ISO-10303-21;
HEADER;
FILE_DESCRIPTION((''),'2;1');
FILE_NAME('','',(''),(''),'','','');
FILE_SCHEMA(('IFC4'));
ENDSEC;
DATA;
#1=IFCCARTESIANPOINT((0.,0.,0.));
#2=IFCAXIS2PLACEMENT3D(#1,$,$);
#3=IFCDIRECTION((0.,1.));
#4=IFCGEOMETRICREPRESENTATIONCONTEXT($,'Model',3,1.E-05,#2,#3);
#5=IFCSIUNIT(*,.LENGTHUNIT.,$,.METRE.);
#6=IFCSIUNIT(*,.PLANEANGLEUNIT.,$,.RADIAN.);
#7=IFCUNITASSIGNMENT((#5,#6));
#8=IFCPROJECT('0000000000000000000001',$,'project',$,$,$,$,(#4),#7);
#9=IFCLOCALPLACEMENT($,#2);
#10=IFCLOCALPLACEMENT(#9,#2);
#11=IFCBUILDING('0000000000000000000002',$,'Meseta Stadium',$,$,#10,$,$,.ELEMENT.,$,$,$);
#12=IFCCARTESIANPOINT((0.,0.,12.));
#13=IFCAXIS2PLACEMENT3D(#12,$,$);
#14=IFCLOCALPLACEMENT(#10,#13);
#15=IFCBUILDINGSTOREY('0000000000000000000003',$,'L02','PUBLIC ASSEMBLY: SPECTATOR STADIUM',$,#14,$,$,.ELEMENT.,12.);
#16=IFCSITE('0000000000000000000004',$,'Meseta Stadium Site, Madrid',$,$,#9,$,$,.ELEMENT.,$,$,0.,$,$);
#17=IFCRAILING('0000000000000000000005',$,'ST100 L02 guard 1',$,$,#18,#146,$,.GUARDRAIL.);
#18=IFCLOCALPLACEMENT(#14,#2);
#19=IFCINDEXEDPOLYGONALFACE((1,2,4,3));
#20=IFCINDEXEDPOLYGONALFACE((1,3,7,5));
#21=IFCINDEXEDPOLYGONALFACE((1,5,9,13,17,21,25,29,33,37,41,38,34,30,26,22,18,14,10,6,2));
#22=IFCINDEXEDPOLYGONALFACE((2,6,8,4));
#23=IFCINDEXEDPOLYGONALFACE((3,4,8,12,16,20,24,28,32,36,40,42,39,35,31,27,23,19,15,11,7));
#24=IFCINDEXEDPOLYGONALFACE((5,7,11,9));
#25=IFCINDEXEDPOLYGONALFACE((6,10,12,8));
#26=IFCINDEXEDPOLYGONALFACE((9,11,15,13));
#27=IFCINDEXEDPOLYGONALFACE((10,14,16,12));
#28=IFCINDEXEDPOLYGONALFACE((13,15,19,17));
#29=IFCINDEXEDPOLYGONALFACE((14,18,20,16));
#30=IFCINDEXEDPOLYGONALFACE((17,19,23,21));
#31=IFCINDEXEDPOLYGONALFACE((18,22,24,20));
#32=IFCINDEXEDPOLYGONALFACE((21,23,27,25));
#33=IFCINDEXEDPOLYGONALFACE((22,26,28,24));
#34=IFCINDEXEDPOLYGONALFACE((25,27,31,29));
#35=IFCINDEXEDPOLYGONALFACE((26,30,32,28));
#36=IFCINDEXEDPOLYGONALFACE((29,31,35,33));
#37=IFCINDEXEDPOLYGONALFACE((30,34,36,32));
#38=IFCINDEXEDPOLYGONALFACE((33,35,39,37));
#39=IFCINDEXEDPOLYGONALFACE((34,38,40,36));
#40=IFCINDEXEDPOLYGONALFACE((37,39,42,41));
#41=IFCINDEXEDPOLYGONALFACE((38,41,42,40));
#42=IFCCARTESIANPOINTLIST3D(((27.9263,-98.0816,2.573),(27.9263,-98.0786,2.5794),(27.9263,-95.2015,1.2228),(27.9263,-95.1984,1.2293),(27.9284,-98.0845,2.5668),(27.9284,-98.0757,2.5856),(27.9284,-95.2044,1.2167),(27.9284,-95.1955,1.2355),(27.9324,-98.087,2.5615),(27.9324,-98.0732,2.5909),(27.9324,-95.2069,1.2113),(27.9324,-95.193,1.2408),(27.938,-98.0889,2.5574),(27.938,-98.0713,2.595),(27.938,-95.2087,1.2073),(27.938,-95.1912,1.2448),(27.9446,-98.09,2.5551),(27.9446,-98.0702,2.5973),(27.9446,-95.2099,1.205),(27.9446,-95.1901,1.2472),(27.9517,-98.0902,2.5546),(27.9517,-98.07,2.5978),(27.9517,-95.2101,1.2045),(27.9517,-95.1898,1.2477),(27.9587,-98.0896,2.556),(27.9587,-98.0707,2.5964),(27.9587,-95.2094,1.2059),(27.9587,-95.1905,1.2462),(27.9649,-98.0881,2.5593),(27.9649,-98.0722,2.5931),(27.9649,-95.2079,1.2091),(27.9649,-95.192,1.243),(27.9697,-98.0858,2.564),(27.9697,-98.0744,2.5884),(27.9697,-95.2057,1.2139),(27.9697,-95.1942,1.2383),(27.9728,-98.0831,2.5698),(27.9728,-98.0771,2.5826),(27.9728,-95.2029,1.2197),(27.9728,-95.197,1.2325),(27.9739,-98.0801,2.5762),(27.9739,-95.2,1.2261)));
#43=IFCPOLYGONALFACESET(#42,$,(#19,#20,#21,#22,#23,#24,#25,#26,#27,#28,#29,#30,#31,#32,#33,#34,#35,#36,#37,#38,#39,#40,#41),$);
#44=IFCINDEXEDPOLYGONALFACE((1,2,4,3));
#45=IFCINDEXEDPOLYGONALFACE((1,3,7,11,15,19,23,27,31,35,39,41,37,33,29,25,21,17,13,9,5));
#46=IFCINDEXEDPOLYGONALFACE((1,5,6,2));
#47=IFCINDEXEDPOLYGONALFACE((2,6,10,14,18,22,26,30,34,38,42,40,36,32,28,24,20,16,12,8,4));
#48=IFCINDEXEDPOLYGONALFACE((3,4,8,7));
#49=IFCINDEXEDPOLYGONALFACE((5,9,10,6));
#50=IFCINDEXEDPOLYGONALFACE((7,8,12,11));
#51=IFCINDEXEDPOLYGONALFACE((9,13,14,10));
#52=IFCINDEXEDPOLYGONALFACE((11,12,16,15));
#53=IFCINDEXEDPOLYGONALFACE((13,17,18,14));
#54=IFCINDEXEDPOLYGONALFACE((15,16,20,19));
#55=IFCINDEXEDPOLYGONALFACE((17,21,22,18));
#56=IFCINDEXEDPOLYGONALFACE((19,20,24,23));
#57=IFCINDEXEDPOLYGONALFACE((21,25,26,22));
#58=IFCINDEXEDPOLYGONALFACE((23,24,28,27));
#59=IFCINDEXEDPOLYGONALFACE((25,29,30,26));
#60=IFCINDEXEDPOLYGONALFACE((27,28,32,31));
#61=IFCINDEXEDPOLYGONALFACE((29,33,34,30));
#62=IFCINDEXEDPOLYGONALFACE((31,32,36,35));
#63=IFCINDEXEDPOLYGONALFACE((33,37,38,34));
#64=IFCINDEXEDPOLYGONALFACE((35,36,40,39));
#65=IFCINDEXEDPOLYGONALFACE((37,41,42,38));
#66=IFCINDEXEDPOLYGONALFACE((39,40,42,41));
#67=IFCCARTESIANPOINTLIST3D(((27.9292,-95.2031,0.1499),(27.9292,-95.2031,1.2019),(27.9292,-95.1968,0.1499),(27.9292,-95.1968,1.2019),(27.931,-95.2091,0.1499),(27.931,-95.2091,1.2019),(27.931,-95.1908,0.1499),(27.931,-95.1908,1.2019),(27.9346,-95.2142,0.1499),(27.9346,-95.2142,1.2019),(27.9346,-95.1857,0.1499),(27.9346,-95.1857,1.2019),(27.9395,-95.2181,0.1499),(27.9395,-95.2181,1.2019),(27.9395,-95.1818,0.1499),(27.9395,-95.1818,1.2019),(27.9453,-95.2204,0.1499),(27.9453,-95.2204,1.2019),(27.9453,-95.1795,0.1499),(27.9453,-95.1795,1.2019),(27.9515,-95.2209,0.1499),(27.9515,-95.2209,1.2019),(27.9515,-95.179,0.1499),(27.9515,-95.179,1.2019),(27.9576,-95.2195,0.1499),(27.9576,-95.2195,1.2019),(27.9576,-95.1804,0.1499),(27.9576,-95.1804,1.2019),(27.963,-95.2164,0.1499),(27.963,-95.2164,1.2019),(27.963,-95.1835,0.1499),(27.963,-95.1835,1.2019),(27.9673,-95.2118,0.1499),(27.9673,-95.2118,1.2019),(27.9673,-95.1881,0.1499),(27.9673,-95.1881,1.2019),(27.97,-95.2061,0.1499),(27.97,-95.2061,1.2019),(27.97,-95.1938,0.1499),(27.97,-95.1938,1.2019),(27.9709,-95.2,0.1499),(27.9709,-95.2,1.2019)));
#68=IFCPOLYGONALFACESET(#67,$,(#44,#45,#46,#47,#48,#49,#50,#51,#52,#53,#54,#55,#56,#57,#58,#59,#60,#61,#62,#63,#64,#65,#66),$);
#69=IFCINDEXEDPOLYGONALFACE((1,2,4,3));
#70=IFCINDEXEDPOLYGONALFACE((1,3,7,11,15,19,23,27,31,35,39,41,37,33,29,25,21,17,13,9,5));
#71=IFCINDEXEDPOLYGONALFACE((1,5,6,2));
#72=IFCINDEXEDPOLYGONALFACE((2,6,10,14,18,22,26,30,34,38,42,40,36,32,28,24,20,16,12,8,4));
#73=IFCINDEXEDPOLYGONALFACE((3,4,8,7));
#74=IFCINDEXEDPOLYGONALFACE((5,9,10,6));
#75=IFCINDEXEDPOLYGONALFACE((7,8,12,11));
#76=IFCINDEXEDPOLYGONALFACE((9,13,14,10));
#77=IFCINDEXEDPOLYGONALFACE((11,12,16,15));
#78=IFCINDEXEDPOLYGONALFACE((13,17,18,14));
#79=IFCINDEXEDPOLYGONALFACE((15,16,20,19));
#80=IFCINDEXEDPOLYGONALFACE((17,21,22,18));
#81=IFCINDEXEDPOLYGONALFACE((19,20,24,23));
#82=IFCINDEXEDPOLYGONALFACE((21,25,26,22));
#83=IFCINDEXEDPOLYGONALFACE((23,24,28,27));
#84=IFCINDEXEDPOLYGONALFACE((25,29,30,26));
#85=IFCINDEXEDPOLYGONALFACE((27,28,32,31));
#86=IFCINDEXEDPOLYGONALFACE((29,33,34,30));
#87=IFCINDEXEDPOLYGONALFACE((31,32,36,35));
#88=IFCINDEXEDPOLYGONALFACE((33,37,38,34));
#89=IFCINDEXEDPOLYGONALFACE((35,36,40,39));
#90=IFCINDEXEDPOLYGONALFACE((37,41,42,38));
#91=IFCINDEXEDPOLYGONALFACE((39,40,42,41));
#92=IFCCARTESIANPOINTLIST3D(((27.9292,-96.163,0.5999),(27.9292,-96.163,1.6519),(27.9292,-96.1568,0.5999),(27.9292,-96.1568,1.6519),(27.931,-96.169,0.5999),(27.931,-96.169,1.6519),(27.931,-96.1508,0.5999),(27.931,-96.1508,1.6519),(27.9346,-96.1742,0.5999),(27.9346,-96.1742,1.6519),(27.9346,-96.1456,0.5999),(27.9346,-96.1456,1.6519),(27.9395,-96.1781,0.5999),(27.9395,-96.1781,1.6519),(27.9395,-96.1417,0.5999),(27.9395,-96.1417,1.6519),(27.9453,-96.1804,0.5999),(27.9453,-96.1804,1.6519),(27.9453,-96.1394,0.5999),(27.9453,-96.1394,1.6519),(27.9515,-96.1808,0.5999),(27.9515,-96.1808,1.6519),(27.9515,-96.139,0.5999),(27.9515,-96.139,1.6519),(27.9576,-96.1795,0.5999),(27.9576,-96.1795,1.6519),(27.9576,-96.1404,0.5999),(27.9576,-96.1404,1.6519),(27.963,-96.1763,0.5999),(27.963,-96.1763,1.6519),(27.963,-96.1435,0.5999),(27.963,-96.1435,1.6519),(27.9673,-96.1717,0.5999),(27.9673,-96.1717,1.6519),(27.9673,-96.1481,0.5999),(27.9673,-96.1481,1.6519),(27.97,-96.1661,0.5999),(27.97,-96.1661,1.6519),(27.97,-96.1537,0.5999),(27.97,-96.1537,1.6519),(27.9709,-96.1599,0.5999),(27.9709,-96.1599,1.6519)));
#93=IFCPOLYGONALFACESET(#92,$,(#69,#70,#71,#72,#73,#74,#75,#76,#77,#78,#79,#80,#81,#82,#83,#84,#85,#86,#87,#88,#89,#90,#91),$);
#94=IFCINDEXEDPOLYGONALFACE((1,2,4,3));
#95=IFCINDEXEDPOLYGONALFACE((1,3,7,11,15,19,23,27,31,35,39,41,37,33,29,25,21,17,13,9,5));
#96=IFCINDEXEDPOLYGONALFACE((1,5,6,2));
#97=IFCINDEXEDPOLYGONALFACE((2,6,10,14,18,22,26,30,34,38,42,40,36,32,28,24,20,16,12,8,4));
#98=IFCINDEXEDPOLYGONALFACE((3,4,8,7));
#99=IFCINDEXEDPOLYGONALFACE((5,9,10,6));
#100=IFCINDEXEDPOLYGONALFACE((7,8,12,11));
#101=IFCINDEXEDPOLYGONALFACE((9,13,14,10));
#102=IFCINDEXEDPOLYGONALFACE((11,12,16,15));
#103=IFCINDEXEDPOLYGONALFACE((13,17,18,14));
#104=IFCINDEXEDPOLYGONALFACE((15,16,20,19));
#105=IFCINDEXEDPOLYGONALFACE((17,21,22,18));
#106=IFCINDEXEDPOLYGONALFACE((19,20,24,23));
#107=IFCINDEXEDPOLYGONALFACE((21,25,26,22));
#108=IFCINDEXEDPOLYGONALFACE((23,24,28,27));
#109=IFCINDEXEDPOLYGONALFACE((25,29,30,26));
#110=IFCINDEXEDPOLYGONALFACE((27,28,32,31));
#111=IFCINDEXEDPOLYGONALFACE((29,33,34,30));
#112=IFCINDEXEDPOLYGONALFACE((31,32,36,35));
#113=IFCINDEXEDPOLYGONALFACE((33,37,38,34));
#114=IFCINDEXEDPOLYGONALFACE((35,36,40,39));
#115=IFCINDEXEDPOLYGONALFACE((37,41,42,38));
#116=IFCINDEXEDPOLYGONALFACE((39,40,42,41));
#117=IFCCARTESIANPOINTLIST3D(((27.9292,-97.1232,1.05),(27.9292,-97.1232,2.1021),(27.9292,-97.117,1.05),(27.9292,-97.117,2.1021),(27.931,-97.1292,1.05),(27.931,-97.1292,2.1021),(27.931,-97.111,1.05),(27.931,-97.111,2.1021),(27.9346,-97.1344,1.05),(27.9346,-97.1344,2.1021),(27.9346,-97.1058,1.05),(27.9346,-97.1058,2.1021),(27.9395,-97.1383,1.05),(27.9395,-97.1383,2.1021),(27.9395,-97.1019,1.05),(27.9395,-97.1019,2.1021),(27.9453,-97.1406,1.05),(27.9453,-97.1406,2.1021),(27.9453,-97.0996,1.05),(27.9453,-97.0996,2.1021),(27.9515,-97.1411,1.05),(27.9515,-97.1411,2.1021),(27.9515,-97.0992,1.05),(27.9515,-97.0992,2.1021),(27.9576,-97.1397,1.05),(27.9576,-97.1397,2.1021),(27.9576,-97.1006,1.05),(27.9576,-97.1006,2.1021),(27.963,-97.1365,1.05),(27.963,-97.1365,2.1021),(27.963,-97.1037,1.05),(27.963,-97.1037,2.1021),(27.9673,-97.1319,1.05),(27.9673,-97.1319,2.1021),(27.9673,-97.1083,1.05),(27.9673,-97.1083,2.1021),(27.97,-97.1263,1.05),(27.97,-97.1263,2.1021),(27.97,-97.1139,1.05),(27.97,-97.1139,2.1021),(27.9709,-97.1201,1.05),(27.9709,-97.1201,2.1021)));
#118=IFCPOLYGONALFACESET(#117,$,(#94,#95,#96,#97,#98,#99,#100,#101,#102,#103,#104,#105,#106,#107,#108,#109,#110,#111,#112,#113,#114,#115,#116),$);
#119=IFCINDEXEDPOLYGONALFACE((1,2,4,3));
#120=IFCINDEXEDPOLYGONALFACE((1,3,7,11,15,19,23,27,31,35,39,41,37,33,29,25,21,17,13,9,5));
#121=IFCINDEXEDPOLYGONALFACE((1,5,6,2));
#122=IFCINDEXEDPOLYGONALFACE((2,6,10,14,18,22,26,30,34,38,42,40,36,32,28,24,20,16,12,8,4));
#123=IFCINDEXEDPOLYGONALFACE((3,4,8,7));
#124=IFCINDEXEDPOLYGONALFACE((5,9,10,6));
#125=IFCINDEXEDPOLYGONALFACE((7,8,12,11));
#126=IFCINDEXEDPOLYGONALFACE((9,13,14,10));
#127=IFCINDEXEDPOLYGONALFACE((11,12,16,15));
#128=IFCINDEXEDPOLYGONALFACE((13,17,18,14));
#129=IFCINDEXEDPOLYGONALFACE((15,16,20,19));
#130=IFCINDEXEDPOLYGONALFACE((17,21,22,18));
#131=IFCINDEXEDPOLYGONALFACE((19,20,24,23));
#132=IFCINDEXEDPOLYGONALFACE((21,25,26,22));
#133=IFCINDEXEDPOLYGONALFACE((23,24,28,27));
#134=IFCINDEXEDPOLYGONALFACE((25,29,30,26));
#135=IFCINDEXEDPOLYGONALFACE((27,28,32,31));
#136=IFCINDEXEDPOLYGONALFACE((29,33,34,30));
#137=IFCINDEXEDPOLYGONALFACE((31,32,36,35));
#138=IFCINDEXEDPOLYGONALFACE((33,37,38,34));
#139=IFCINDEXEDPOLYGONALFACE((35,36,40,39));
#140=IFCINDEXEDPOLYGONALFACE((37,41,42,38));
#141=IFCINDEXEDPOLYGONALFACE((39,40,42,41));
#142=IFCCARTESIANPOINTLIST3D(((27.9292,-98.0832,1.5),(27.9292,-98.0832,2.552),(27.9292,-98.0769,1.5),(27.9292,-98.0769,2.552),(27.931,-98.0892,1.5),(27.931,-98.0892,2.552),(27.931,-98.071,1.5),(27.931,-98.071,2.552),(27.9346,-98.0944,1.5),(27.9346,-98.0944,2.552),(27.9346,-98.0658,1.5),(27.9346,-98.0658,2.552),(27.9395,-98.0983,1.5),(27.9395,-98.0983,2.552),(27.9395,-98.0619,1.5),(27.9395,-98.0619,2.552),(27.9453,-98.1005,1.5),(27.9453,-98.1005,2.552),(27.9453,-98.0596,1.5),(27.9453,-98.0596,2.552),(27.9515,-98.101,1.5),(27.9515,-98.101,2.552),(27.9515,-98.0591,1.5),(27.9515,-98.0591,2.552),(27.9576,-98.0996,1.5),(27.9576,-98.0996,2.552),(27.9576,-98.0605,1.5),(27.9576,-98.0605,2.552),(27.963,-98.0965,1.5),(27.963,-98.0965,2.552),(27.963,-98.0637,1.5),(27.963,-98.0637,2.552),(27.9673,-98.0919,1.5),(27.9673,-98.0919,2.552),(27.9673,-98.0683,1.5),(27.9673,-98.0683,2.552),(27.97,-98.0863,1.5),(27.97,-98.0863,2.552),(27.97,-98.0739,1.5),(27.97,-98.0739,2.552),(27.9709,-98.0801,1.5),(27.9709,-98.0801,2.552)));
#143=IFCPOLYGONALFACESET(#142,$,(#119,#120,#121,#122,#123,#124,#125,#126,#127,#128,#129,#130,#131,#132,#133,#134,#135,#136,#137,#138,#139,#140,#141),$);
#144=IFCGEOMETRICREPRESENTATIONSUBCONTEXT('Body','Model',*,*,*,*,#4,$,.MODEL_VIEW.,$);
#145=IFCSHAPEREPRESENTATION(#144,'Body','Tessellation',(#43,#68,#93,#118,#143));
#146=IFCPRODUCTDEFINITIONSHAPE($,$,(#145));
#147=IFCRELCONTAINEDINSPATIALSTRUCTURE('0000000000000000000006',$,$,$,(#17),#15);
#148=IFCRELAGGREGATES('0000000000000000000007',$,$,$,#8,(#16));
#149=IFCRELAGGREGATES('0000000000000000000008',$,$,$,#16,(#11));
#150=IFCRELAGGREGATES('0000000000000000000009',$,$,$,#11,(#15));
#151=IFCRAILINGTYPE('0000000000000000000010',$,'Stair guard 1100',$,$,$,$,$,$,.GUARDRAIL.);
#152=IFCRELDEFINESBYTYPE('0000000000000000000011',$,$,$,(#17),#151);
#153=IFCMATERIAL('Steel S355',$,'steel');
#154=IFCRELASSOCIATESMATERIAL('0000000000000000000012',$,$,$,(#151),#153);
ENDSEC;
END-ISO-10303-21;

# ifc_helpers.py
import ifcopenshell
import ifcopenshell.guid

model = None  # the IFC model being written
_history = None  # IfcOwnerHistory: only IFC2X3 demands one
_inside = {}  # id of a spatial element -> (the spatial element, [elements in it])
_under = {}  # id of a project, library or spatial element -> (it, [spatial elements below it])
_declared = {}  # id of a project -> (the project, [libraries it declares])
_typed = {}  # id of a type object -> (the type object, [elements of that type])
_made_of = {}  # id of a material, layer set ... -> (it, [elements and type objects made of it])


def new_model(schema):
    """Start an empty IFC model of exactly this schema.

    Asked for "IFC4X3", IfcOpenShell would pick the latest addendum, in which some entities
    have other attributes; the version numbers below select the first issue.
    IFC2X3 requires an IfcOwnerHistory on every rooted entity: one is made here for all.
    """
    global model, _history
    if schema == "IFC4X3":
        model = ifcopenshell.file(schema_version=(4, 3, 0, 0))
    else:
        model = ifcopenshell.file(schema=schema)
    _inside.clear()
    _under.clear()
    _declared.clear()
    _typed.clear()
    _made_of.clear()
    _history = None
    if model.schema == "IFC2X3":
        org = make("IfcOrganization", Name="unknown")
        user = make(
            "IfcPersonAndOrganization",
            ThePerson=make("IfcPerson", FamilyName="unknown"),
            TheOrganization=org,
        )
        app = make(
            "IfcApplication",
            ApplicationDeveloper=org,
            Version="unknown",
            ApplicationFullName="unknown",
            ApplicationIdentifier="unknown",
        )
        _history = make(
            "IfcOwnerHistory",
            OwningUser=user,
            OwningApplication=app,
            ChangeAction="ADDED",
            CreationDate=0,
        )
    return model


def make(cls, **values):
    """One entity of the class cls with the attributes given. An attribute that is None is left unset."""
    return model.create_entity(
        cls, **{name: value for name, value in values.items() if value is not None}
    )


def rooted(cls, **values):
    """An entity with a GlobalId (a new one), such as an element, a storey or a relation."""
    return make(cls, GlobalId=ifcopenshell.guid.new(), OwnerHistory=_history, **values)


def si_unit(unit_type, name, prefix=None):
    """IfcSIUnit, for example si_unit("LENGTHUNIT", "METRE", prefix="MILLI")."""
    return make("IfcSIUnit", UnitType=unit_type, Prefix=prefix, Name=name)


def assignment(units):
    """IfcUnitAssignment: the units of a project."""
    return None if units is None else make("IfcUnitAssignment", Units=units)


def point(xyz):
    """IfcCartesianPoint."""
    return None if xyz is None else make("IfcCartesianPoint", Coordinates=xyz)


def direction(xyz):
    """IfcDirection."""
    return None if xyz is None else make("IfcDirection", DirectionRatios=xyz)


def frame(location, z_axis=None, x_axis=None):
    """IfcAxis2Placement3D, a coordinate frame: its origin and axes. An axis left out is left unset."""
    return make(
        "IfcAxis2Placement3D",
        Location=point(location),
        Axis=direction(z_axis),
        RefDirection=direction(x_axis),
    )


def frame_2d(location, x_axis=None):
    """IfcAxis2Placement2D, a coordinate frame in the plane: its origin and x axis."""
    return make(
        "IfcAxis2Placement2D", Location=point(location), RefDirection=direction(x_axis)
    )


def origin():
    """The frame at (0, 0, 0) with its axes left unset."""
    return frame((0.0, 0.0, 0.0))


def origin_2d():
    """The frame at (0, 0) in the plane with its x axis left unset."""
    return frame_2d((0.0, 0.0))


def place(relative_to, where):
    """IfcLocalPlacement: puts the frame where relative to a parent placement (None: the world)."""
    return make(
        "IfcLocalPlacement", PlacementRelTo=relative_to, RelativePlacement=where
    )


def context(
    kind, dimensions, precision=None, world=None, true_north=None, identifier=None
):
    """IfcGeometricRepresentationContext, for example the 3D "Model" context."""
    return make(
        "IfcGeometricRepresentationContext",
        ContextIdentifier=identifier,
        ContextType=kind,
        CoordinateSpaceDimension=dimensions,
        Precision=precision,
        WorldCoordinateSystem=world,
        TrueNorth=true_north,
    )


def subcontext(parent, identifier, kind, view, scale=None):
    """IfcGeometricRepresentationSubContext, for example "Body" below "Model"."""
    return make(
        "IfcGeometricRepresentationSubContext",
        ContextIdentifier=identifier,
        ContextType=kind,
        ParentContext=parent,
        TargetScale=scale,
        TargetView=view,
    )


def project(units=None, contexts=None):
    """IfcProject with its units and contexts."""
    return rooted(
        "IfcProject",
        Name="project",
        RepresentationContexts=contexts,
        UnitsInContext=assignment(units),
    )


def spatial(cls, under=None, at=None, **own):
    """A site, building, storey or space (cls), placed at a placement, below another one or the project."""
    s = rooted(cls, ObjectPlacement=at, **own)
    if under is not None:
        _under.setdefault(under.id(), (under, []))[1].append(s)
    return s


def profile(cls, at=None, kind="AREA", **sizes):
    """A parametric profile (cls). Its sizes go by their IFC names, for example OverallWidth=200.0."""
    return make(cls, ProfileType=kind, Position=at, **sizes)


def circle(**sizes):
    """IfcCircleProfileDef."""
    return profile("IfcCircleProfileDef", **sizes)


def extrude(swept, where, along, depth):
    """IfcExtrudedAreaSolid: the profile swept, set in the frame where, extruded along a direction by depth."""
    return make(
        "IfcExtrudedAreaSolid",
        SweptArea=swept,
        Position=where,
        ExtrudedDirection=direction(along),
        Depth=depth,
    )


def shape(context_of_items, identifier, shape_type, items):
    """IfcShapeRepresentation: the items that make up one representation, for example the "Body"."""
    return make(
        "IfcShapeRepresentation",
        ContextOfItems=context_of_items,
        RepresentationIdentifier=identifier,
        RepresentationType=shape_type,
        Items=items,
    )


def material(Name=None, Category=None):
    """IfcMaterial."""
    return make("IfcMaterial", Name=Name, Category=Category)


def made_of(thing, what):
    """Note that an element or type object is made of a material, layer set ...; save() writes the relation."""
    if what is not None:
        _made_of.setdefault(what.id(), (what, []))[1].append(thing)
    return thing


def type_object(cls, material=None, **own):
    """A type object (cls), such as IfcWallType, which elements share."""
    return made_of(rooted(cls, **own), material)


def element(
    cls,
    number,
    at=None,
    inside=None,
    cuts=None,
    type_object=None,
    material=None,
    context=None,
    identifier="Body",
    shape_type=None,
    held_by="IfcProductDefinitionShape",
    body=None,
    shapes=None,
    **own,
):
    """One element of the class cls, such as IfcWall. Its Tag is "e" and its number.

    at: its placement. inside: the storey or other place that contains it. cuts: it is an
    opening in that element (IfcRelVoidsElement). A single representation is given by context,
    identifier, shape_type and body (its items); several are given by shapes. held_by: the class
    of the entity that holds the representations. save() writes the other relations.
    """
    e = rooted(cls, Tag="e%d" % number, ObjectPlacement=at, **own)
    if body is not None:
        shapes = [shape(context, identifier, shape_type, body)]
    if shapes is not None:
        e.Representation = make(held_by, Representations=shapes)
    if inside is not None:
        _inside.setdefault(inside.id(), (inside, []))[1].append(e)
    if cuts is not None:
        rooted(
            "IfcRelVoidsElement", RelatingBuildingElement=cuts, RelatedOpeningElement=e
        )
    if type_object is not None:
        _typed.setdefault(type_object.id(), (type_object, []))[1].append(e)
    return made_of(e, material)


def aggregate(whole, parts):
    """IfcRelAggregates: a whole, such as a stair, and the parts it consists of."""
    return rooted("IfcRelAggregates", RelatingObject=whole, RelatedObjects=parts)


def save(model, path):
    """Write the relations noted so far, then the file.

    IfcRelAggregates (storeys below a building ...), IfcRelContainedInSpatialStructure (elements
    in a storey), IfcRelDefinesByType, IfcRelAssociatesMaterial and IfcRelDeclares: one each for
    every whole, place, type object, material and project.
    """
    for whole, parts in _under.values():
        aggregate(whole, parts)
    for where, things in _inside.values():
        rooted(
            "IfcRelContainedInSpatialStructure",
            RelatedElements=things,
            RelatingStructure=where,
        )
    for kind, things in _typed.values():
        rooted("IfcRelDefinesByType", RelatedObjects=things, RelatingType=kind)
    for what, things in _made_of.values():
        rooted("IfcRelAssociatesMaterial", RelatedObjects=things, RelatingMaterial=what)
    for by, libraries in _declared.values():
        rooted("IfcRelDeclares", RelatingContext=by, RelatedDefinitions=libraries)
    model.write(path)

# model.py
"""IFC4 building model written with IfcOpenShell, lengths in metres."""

from ifc_helpers import new_model, si_unit, direction, frame, origin, origin_2d, place, context, subcontext, project, spatial, circle, extrude, material, type_object, element, save


model = new_model("IFC4")

# Units and contexts
model_context = context("Model", 3, precision=1e-05, world=origin(), true_north=direction((0.0, 1.0)))
body_context = subcontext(model_context, "Body", "Model", "MODEL_VIEW")
ifc_project = project(units=[si_unit("LENGTHUNIT", "METRE"), si_unit("PLANEANGLEUNIT", "RADIAN")], contexts=[model_context])

# Site, building, storey
site_placement = place(None, origin())
site = spatial("IfcSite", under=ifc_project, at=site_placement, Name="Meseta Stadium Site, Madrid", CompositionType="ELEMENT", RefElevation=0.0)
building_placement = place(site_placement, origin())
building = spatial("IfcBuilding", under=site, at=building_placement, Name="Meseta Stadium", CompositionType="ELEMENT")
storey_placement = place(building_placement, frame((0.0, 0.0, 12.0)))
storey = spatial("IfcBuildingStorey", under=building, at=storey_placement, Name="L02", Description="PUBLIC ASSEMBLY: SPECTATOR STADIUM", CompositionType="ELEMENT", Elevation=12.0)

# Railing
ifc_material_1 = material(Name="Steel S355", Category="steel")
railing_type_1 = type_object("IfcRailingType", Name="Stair guard 1100", PredefinedType="GUARDRAIL", material=ifc_material_1)
railing_1_placement = place(storey_placement, frame((27.95, -95.2, 0.1499)))
element("IfcRailing", 1, at=railing_1_placement, inside=storey, type_object=railing_type_1, Name="ST100 L02 guard 1", PredefinedType="GUARDRAIL", context=body_context, shape_type="SweptSolid", body=[
    extrude(circle(Radius=0.0239, at=origin_2d()), frame((0.0, 0.0, 1.0762), z_axis=(0.0, -0.905454, 0.424444), x_axis=(1.0, 0.0, 0.0)), (0.0, 0.0, 1.0), 3.1809),
    extrude(circle(Radius=0.021, at=origin_2d()), origin(), (0.0, 0.0, 1.0), 1.052),
    extrude(circle(Radius=0.021, at=origin_2d()), frame((0.0, -0.96, 0.45)), (0.0, 0.0, 1.0), 1.052),
    extrude(circle(Radius=0.021, at=origin_2d()), frame((0.0, -1.9202, 0.9001)), (0.0, 0.0, 1.0), 1.052),
    extrude(circle(Radius=0.021, at=origin_2d()), frame((0.0, -2.8801, 1.3501)), (0.0, 0.0, 1.0), 1.052),
])

save(model, "model.ifc")
